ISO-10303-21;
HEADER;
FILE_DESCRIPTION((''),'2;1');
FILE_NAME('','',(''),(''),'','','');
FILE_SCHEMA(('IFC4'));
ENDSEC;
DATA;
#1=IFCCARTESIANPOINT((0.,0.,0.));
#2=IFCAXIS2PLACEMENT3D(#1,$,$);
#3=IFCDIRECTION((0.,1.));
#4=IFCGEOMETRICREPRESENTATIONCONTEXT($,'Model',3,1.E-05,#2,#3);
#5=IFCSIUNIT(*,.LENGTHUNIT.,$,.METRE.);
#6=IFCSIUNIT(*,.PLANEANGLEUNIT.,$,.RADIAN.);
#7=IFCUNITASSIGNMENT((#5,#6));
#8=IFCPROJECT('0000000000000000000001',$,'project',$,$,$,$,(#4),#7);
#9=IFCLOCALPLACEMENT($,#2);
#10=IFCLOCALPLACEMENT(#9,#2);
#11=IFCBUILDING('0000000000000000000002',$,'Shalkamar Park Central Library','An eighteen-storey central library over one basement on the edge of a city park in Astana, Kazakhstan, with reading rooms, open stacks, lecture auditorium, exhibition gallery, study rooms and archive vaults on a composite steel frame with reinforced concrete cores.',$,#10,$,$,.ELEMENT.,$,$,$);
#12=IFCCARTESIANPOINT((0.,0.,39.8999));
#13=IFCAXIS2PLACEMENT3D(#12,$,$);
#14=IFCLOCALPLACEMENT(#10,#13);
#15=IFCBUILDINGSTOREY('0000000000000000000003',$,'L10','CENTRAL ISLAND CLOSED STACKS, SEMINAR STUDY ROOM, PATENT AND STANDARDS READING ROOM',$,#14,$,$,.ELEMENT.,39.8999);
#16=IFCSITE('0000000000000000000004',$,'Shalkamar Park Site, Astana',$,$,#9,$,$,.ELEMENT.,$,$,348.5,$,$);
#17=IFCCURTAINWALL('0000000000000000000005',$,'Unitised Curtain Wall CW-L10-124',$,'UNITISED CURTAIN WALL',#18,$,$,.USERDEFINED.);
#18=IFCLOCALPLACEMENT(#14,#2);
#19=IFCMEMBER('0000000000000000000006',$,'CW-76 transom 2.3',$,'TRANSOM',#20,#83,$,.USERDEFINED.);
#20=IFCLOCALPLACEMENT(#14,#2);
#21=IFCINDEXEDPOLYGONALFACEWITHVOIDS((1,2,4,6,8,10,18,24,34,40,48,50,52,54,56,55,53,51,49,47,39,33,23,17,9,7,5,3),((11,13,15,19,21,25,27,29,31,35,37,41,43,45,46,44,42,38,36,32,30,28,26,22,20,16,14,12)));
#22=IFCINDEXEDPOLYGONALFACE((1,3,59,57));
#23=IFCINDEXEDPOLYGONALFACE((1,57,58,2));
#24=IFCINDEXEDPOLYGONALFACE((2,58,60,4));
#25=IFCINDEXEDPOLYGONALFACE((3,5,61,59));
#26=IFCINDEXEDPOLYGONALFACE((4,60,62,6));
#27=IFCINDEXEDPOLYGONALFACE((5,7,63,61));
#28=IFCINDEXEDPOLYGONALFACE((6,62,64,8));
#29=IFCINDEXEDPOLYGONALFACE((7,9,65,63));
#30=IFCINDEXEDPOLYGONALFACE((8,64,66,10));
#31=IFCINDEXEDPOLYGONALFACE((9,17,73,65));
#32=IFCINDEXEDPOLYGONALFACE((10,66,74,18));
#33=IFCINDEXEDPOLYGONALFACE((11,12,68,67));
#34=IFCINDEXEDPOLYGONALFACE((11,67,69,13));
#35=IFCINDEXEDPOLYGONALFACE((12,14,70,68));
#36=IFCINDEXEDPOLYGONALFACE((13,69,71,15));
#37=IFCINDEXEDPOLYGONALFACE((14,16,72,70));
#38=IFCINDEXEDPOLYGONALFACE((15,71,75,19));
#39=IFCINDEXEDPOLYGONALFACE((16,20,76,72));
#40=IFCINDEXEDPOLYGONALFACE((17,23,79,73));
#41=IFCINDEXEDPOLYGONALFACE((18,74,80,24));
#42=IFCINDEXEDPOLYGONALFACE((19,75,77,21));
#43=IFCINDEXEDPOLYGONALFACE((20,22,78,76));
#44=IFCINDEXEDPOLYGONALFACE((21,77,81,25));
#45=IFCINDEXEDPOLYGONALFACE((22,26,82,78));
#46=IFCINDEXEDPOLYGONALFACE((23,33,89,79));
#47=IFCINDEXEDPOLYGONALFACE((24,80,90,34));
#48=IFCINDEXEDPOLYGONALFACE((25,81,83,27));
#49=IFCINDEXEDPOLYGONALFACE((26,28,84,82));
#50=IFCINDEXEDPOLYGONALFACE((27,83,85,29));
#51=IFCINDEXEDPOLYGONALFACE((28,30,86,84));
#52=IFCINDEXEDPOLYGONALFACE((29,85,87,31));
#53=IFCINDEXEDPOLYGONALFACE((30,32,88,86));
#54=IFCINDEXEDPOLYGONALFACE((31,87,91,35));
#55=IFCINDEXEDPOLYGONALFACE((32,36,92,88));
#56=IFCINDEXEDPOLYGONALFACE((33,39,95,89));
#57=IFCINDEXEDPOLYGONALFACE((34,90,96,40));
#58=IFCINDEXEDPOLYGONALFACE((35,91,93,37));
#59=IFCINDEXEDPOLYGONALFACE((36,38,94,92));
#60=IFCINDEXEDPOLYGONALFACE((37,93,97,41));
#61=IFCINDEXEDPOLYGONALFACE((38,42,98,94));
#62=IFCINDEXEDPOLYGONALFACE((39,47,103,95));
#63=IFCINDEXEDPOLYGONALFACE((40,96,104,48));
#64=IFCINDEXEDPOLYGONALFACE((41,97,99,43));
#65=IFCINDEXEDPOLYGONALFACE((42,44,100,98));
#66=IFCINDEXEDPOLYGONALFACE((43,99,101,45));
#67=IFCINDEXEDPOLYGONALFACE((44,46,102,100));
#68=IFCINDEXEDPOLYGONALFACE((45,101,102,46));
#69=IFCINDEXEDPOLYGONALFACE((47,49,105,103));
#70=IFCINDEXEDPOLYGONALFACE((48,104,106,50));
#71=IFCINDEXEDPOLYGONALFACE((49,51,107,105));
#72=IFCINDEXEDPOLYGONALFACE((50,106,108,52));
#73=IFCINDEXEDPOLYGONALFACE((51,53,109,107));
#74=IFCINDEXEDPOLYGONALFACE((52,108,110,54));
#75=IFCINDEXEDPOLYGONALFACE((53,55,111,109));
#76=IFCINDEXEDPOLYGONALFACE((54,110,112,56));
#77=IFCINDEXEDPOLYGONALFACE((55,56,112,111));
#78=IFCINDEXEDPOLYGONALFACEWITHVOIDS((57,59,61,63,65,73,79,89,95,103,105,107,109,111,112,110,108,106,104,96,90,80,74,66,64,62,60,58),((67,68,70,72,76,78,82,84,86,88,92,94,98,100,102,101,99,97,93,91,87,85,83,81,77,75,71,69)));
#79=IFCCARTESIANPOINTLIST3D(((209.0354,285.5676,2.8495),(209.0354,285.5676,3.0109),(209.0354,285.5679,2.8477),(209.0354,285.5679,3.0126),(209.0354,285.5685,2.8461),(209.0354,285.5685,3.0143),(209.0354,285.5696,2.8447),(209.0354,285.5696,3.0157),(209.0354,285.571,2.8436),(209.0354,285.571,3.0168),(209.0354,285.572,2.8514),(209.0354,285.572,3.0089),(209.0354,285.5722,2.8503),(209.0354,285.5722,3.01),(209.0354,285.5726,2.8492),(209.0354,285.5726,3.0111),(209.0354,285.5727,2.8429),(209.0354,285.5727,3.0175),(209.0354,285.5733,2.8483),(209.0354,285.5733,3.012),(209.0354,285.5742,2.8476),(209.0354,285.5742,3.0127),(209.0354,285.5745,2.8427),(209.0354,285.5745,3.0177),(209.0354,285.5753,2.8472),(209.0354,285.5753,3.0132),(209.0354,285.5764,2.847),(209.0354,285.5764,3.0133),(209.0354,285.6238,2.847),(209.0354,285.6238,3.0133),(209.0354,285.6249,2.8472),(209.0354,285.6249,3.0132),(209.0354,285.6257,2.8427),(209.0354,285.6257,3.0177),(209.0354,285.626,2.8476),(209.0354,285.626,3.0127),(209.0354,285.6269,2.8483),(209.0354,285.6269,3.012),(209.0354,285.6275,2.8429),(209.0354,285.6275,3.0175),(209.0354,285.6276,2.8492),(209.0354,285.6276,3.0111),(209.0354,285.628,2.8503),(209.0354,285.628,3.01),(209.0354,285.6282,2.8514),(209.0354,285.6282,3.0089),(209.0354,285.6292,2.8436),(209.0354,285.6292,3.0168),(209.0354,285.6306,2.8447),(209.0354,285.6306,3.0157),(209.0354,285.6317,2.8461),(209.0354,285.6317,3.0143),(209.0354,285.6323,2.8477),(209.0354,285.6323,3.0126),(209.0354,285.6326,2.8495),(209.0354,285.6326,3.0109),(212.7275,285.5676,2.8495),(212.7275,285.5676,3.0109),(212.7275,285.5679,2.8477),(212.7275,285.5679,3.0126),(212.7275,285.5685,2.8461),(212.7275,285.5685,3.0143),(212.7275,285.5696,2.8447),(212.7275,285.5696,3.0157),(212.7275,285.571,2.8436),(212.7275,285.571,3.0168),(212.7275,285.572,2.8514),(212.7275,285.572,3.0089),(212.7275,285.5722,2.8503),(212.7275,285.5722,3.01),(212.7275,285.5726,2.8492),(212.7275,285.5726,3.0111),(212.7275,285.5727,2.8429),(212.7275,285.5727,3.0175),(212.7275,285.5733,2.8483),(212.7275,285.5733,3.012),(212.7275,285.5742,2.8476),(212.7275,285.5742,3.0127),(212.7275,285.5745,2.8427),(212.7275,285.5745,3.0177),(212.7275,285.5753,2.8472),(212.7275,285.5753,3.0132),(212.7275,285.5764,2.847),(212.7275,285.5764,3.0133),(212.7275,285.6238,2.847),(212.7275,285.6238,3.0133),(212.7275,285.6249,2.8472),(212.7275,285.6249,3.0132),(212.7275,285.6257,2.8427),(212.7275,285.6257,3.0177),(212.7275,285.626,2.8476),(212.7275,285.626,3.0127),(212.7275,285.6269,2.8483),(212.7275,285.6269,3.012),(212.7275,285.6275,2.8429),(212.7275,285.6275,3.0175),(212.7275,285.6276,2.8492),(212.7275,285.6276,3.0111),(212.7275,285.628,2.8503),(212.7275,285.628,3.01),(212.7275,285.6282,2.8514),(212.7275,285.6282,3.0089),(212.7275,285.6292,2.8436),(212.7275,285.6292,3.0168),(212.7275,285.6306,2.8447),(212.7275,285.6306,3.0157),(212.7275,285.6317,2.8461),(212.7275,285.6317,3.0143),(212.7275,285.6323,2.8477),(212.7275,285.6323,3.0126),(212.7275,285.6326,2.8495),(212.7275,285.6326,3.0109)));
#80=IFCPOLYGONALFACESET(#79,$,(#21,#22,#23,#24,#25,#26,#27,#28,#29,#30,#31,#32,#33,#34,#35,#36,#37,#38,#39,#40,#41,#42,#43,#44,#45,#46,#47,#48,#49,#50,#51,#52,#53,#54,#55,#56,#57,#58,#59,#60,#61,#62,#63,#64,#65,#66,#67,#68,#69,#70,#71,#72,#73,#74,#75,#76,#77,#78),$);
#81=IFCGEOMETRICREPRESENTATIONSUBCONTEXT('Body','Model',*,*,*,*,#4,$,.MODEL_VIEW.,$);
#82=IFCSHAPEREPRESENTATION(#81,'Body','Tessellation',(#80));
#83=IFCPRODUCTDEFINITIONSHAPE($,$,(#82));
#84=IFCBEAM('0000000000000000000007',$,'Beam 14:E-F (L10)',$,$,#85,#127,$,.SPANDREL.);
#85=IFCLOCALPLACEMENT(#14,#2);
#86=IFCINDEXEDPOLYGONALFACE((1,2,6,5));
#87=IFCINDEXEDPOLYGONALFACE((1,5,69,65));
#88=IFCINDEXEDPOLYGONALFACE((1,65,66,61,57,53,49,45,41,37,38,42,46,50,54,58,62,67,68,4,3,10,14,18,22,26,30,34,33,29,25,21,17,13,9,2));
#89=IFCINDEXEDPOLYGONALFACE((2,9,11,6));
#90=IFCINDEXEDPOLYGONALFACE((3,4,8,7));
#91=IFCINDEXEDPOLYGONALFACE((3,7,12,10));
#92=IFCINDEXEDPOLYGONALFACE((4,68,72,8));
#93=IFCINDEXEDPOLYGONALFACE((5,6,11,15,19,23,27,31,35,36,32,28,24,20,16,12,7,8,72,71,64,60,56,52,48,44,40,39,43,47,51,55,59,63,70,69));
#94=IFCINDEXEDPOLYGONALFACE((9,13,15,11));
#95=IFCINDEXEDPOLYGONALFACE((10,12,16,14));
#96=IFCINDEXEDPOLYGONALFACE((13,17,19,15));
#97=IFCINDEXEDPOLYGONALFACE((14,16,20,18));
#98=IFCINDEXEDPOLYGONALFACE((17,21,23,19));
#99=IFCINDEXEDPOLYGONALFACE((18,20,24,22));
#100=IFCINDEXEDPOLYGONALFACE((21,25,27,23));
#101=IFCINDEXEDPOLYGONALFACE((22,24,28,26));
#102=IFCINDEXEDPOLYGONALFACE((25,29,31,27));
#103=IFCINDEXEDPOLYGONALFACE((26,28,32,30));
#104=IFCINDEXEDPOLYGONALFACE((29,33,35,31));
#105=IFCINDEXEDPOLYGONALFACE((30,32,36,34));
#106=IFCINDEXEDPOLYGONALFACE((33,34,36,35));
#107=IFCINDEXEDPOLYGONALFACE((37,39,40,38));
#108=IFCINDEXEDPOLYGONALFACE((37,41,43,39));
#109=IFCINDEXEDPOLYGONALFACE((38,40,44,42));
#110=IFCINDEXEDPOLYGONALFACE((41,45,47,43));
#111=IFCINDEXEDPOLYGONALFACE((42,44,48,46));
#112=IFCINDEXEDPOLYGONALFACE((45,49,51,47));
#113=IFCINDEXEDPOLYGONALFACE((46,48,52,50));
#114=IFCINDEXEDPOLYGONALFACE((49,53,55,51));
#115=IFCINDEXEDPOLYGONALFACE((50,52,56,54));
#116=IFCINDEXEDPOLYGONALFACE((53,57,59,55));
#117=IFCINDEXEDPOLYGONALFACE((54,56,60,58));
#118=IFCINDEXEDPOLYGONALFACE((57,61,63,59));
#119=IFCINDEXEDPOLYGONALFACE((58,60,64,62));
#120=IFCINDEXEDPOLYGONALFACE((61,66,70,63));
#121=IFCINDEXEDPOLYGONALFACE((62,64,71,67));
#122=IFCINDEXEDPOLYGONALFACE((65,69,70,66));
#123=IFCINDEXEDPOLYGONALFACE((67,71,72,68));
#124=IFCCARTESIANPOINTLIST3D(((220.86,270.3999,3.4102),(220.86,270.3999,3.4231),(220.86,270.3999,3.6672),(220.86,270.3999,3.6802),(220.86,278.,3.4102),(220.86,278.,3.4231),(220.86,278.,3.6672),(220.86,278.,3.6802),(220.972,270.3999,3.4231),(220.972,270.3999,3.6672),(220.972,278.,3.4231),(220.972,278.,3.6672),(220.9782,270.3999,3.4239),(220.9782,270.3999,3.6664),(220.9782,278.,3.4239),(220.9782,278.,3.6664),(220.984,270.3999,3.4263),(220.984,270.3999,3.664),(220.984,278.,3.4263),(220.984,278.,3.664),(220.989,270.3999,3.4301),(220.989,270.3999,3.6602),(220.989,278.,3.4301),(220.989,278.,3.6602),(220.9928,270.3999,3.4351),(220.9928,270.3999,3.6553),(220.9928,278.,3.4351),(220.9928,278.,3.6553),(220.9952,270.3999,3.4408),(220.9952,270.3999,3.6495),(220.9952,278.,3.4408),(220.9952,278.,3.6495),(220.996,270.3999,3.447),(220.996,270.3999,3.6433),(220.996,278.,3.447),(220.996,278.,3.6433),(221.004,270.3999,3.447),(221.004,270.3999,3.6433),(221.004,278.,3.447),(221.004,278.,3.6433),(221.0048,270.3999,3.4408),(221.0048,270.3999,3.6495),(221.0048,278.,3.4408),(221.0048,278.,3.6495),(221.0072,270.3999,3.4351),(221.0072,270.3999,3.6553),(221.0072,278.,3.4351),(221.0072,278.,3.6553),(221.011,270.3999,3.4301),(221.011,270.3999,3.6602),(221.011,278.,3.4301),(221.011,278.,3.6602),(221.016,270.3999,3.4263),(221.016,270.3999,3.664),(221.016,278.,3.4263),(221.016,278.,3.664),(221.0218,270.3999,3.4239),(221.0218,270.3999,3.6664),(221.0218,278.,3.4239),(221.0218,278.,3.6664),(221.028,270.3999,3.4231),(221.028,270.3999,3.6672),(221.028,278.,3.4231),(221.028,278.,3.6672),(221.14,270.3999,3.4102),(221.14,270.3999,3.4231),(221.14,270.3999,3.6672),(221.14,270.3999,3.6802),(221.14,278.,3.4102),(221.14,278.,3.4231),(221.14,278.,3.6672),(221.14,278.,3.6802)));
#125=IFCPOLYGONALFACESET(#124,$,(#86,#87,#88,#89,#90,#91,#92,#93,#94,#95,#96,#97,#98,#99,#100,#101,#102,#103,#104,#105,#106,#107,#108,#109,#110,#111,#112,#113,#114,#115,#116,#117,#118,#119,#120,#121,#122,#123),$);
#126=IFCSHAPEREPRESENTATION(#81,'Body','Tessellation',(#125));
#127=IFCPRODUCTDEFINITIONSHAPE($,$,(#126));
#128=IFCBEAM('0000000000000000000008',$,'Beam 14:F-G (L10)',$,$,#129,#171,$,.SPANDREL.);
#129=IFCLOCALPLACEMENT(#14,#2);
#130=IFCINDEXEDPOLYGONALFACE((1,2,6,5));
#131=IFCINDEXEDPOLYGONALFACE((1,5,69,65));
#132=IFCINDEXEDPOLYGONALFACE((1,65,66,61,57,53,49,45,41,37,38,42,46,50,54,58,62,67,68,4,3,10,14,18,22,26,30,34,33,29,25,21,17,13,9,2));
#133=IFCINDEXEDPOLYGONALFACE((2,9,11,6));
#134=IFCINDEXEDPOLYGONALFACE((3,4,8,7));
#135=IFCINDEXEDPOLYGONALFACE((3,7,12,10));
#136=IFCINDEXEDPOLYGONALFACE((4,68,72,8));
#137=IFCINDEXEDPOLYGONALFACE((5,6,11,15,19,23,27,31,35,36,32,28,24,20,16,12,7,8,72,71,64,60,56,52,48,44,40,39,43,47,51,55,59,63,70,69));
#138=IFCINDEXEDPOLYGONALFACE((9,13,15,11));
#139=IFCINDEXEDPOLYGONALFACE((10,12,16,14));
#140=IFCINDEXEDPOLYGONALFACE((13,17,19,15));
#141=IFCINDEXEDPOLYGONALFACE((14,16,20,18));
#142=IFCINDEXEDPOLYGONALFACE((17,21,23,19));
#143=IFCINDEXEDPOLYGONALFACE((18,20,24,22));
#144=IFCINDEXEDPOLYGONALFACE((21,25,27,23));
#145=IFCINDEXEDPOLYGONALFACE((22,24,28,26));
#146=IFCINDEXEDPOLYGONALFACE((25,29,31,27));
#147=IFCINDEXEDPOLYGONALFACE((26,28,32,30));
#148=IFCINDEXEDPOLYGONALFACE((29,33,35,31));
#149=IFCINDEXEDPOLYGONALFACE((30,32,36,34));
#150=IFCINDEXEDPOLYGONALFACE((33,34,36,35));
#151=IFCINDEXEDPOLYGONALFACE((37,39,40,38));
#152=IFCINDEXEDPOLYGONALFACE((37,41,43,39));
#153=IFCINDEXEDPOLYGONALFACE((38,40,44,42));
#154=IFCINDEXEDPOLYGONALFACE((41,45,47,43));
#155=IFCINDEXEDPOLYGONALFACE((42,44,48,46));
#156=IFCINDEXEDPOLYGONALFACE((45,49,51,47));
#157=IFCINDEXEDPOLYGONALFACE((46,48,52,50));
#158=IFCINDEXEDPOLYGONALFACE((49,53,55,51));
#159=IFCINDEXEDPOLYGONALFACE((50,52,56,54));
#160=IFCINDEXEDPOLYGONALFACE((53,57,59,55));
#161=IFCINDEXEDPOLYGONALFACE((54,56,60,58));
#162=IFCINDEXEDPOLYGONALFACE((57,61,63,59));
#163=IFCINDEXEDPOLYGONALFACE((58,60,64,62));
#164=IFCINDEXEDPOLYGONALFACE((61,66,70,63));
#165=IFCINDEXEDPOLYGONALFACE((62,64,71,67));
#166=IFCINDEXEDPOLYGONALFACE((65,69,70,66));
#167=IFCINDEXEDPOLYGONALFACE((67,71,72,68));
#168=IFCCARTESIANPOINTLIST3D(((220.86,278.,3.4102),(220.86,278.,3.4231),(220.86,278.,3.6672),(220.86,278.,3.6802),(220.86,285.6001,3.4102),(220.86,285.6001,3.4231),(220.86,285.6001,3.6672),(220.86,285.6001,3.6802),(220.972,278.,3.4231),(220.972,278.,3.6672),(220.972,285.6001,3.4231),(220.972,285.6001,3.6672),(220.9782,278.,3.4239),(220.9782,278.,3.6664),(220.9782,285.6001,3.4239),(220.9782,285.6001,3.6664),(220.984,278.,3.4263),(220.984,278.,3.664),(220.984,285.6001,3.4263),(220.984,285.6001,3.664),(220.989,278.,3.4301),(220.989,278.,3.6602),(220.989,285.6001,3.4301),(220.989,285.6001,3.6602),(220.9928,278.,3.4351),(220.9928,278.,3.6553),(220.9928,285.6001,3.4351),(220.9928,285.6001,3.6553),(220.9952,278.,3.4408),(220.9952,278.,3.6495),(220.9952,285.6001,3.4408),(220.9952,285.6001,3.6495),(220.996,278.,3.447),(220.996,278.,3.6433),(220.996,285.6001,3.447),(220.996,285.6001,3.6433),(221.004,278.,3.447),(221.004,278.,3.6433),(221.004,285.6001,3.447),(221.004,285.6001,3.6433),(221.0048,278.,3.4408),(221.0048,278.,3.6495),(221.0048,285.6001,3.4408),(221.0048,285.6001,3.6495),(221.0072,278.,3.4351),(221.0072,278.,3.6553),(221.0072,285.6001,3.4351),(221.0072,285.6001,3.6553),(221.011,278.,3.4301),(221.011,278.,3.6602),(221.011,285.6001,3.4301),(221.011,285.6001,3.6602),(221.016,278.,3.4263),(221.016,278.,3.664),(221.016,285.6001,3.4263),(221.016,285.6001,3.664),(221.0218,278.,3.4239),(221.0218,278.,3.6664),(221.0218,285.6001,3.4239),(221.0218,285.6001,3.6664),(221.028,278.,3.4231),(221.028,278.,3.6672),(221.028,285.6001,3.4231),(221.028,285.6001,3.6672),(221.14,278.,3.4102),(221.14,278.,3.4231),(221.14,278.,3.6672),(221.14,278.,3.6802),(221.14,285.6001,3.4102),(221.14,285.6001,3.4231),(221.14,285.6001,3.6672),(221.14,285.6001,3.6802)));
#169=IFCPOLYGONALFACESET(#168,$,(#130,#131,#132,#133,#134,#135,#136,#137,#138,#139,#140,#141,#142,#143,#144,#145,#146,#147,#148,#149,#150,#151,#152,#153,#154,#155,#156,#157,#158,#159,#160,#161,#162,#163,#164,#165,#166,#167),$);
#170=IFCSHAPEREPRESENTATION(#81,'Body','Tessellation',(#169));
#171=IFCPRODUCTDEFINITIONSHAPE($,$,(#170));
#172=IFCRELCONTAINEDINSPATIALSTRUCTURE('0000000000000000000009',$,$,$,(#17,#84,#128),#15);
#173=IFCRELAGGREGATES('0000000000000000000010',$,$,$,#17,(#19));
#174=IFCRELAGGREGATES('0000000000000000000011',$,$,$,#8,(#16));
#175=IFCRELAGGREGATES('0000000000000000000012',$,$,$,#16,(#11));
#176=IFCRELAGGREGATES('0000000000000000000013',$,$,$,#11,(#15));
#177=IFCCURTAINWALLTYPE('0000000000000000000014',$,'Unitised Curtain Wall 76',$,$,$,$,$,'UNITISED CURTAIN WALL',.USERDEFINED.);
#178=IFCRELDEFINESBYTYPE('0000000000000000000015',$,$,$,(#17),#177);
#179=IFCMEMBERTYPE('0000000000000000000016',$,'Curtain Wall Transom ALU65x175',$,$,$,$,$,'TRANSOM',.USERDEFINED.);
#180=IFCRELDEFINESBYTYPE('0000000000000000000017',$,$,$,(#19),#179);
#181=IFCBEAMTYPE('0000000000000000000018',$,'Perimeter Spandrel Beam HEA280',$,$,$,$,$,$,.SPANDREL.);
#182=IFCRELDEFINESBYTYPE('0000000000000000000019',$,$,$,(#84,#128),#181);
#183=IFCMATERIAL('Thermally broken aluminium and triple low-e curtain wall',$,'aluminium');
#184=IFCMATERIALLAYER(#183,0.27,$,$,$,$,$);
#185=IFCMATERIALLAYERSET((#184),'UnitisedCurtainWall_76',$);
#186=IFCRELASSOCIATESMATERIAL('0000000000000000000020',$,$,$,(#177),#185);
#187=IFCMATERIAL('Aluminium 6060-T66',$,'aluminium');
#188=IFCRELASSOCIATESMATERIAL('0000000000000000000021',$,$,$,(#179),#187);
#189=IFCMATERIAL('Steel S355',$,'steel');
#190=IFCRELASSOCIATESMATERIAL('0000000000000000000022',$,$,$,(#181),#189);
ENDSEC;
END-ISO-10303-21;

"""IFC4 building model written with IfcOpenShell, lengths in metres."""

from ifc_helpers import new_model, si_unit, direction, frame, origin, origin_2d, place, context, subcontext, project, spatial, hollow_rectangle, i_section, extrude, material, layer, layer_set, material_profile, profile_set, type_object, element, aggregate, save


model = new_model("IFC4")

# Units and contexts
model_context = context("Model", 3, precision=1e-05, world=origin(), true_north=direction((0.0, 1.0)))
body_context = subcontext(model_context, "Body", "Model", "MODEL_VIEW")
ifc_project = project(units=[si_unit("LENGTHUNIT", "METRE"), si_unit("PLANEANGLEUNIT", "RADIAN")], contexts=[model_context])

# Site, building, storey
site_placement = place(None, origin())
site = spatial("IfcSite", under=ifc_project, at=site_placement, Name="Shalkamar Park Site, Astana", CompositionType="ELEMENT", RefElevation=348.5)
building_placement = place(site_placement, origin())
building = spatial("IfcBuilding", under=site, at=building_placement, Name="Shalkamar Park Central Library", Description="An eighteen-storey central library over one basement on the edge of a city park in Astana, Kazakhstan, with reading rooms, open stacks, lecture auditorium, exhibition gallery, study rooms and archive vaults on a composite steel frame with reinforced concrete cores.", CompositionType="ELEMENT")
storey_placement = place(building_placement, frame((0.0, 0.0, 39.8999)))
storey = spatial("IfcBuildingStorey", under=building, at=storey_placement, Name="L10", Description="CENTRAL ISLAND CLOSED STACKS, SEMINAR STUDY ROOM, PATENT AND STANDARDS READING ROOM", CompositionType="ELEMENT", Elevation=39.8999)

# Shared definitions
ifc_material_1 = material(Name="Steel S355", Category="steel")

# Curtain wall, member
ifc_material_2 = material(Name="Thermally broken aluminium and triple low-e curtain wall", Category="aluminium")
ifc_layer_1 = layer(ifc_material_2, 0.27)
ifc_layer_set_1 = layer_set([ifc_layer_1], Name="UnitisedCurtainWall_76")
curtain_wall_type = type_object("IfcCurtainWallType", Name="Unitised Curtain Wall 76", ElementType="UNITISED CURTAIN WALL", PredefinedType="USERDEFINED", material=ifc_layer_set_1)
curtain_wall_placement = place(storey_placement, origin())
curtain_wall = element("IfcCurtainWall", 1, at=curtain_wall_placement, inside=storey, type_object=curtain_wall_type, Name="Unitised Curtain Wall CW-L10-124", ObjectType="UNITISED CURTAIN WALL", PredefinedType="USERDEFINED")
ifc_material_3 = material(Name="Aluminium 6060-T66", Category="aluminium")
ifc_material_profile_1 = material_profile(ifc_material_3, hollow_rectangle(XDim=0.0649, YDim=0.175, WallThickness=0.0044, InnerFilletRadius=0.0044, OuterFilletRadius=0.0068, at=origin_2d()), Name="ALU 65x175x4.5")
ifc_profile_set_1 = profile_set([ifc_material_profile_1], Name="Aluminium 6060-T66")
member_type_1 = type_object("IfcMemberType", Name="Curtain Wall Transom ALU65x175", ElementType="TRANSOM", PredefinedType="USERDEFINED", material=ifc_profile_set_1)
member_1_placement = place(storey_placement, frame((209.0354, 285.6001, 2.9302), z_axis=(1.0, 0.0, 0.0), x_axis=(0.0, 1.0, 0.0)))
member_1 = element("IfcMember", 2, at=member_1_placement, type_object=member_type_1, Name="CW-76 transom 2.3", ObjectType="TRANSOM", PredefinedType="USERDEFINED", context=body_context, shape_type="SweptSolid", body=[
    extrude(hollow_rectangle(XDim=0.0649, YDim=0.175, WallThickness=0.0044, InnerFilletRadius=0.0044, OuterFilletRadius=0.0068, at=origin_2d()), origin(), (0.0, 0.0, 1.0), 3.6921),
])

# Beams
ifc_material_profile_2 = material_profile(ifc_material_1, i_section(OverallWidth=0.28, OverallDepth=0.27, WebThickness=0.0081, FlangeThickness=0.0129, FilletRadius=0.0239, at=origin_2d()), Name="HEA 280")
ifc_profile_set_2 = profile_set([ifc_material_profile_2], Name="Steel S355")
beam_type_1 = type_object("IfcBeamType", Name="Perimeter Spandrel Beam HEA280", PredefinedType="SPANDREL", material=ifc_profile_set_2)
for number, where, z_axis, x_axis, name in (
    (3, (221.0, 270.3999, 3.5452), (0.0, 1.0, 0.0), (-1.0, 0.0, 0.0), "Beam 14:E-F (L10)"),
    (4, (221.0, 278.0, 3.5452), (0.0, 1.0, 0.0), (-1.0, 0.0, 0.0), "Beam 14:F-G (L10)"),
):
    element("IfcBeam", number, at=place(storey_placement, frame(where, z_axis=z_axis, x_axis=x_axis)), inside=storey, type_object=beam_type_1, Name=name, PredefinedType="SPANDREL", context=body_context, shape_type="SweptSolid", body=[
        extrude(i_section(OverallWidth=0.28, OverallDepth=0.27, WebThickness=0.0081, FlangeThickness=0.0129, FilletRadius=0.0239, at=origin_2d()), origin(), (0.0, 0.0, 1.0), 7.6001),
    ])

aggregate(curtain_wall, [member_1])

save(model, "model.ifc")
